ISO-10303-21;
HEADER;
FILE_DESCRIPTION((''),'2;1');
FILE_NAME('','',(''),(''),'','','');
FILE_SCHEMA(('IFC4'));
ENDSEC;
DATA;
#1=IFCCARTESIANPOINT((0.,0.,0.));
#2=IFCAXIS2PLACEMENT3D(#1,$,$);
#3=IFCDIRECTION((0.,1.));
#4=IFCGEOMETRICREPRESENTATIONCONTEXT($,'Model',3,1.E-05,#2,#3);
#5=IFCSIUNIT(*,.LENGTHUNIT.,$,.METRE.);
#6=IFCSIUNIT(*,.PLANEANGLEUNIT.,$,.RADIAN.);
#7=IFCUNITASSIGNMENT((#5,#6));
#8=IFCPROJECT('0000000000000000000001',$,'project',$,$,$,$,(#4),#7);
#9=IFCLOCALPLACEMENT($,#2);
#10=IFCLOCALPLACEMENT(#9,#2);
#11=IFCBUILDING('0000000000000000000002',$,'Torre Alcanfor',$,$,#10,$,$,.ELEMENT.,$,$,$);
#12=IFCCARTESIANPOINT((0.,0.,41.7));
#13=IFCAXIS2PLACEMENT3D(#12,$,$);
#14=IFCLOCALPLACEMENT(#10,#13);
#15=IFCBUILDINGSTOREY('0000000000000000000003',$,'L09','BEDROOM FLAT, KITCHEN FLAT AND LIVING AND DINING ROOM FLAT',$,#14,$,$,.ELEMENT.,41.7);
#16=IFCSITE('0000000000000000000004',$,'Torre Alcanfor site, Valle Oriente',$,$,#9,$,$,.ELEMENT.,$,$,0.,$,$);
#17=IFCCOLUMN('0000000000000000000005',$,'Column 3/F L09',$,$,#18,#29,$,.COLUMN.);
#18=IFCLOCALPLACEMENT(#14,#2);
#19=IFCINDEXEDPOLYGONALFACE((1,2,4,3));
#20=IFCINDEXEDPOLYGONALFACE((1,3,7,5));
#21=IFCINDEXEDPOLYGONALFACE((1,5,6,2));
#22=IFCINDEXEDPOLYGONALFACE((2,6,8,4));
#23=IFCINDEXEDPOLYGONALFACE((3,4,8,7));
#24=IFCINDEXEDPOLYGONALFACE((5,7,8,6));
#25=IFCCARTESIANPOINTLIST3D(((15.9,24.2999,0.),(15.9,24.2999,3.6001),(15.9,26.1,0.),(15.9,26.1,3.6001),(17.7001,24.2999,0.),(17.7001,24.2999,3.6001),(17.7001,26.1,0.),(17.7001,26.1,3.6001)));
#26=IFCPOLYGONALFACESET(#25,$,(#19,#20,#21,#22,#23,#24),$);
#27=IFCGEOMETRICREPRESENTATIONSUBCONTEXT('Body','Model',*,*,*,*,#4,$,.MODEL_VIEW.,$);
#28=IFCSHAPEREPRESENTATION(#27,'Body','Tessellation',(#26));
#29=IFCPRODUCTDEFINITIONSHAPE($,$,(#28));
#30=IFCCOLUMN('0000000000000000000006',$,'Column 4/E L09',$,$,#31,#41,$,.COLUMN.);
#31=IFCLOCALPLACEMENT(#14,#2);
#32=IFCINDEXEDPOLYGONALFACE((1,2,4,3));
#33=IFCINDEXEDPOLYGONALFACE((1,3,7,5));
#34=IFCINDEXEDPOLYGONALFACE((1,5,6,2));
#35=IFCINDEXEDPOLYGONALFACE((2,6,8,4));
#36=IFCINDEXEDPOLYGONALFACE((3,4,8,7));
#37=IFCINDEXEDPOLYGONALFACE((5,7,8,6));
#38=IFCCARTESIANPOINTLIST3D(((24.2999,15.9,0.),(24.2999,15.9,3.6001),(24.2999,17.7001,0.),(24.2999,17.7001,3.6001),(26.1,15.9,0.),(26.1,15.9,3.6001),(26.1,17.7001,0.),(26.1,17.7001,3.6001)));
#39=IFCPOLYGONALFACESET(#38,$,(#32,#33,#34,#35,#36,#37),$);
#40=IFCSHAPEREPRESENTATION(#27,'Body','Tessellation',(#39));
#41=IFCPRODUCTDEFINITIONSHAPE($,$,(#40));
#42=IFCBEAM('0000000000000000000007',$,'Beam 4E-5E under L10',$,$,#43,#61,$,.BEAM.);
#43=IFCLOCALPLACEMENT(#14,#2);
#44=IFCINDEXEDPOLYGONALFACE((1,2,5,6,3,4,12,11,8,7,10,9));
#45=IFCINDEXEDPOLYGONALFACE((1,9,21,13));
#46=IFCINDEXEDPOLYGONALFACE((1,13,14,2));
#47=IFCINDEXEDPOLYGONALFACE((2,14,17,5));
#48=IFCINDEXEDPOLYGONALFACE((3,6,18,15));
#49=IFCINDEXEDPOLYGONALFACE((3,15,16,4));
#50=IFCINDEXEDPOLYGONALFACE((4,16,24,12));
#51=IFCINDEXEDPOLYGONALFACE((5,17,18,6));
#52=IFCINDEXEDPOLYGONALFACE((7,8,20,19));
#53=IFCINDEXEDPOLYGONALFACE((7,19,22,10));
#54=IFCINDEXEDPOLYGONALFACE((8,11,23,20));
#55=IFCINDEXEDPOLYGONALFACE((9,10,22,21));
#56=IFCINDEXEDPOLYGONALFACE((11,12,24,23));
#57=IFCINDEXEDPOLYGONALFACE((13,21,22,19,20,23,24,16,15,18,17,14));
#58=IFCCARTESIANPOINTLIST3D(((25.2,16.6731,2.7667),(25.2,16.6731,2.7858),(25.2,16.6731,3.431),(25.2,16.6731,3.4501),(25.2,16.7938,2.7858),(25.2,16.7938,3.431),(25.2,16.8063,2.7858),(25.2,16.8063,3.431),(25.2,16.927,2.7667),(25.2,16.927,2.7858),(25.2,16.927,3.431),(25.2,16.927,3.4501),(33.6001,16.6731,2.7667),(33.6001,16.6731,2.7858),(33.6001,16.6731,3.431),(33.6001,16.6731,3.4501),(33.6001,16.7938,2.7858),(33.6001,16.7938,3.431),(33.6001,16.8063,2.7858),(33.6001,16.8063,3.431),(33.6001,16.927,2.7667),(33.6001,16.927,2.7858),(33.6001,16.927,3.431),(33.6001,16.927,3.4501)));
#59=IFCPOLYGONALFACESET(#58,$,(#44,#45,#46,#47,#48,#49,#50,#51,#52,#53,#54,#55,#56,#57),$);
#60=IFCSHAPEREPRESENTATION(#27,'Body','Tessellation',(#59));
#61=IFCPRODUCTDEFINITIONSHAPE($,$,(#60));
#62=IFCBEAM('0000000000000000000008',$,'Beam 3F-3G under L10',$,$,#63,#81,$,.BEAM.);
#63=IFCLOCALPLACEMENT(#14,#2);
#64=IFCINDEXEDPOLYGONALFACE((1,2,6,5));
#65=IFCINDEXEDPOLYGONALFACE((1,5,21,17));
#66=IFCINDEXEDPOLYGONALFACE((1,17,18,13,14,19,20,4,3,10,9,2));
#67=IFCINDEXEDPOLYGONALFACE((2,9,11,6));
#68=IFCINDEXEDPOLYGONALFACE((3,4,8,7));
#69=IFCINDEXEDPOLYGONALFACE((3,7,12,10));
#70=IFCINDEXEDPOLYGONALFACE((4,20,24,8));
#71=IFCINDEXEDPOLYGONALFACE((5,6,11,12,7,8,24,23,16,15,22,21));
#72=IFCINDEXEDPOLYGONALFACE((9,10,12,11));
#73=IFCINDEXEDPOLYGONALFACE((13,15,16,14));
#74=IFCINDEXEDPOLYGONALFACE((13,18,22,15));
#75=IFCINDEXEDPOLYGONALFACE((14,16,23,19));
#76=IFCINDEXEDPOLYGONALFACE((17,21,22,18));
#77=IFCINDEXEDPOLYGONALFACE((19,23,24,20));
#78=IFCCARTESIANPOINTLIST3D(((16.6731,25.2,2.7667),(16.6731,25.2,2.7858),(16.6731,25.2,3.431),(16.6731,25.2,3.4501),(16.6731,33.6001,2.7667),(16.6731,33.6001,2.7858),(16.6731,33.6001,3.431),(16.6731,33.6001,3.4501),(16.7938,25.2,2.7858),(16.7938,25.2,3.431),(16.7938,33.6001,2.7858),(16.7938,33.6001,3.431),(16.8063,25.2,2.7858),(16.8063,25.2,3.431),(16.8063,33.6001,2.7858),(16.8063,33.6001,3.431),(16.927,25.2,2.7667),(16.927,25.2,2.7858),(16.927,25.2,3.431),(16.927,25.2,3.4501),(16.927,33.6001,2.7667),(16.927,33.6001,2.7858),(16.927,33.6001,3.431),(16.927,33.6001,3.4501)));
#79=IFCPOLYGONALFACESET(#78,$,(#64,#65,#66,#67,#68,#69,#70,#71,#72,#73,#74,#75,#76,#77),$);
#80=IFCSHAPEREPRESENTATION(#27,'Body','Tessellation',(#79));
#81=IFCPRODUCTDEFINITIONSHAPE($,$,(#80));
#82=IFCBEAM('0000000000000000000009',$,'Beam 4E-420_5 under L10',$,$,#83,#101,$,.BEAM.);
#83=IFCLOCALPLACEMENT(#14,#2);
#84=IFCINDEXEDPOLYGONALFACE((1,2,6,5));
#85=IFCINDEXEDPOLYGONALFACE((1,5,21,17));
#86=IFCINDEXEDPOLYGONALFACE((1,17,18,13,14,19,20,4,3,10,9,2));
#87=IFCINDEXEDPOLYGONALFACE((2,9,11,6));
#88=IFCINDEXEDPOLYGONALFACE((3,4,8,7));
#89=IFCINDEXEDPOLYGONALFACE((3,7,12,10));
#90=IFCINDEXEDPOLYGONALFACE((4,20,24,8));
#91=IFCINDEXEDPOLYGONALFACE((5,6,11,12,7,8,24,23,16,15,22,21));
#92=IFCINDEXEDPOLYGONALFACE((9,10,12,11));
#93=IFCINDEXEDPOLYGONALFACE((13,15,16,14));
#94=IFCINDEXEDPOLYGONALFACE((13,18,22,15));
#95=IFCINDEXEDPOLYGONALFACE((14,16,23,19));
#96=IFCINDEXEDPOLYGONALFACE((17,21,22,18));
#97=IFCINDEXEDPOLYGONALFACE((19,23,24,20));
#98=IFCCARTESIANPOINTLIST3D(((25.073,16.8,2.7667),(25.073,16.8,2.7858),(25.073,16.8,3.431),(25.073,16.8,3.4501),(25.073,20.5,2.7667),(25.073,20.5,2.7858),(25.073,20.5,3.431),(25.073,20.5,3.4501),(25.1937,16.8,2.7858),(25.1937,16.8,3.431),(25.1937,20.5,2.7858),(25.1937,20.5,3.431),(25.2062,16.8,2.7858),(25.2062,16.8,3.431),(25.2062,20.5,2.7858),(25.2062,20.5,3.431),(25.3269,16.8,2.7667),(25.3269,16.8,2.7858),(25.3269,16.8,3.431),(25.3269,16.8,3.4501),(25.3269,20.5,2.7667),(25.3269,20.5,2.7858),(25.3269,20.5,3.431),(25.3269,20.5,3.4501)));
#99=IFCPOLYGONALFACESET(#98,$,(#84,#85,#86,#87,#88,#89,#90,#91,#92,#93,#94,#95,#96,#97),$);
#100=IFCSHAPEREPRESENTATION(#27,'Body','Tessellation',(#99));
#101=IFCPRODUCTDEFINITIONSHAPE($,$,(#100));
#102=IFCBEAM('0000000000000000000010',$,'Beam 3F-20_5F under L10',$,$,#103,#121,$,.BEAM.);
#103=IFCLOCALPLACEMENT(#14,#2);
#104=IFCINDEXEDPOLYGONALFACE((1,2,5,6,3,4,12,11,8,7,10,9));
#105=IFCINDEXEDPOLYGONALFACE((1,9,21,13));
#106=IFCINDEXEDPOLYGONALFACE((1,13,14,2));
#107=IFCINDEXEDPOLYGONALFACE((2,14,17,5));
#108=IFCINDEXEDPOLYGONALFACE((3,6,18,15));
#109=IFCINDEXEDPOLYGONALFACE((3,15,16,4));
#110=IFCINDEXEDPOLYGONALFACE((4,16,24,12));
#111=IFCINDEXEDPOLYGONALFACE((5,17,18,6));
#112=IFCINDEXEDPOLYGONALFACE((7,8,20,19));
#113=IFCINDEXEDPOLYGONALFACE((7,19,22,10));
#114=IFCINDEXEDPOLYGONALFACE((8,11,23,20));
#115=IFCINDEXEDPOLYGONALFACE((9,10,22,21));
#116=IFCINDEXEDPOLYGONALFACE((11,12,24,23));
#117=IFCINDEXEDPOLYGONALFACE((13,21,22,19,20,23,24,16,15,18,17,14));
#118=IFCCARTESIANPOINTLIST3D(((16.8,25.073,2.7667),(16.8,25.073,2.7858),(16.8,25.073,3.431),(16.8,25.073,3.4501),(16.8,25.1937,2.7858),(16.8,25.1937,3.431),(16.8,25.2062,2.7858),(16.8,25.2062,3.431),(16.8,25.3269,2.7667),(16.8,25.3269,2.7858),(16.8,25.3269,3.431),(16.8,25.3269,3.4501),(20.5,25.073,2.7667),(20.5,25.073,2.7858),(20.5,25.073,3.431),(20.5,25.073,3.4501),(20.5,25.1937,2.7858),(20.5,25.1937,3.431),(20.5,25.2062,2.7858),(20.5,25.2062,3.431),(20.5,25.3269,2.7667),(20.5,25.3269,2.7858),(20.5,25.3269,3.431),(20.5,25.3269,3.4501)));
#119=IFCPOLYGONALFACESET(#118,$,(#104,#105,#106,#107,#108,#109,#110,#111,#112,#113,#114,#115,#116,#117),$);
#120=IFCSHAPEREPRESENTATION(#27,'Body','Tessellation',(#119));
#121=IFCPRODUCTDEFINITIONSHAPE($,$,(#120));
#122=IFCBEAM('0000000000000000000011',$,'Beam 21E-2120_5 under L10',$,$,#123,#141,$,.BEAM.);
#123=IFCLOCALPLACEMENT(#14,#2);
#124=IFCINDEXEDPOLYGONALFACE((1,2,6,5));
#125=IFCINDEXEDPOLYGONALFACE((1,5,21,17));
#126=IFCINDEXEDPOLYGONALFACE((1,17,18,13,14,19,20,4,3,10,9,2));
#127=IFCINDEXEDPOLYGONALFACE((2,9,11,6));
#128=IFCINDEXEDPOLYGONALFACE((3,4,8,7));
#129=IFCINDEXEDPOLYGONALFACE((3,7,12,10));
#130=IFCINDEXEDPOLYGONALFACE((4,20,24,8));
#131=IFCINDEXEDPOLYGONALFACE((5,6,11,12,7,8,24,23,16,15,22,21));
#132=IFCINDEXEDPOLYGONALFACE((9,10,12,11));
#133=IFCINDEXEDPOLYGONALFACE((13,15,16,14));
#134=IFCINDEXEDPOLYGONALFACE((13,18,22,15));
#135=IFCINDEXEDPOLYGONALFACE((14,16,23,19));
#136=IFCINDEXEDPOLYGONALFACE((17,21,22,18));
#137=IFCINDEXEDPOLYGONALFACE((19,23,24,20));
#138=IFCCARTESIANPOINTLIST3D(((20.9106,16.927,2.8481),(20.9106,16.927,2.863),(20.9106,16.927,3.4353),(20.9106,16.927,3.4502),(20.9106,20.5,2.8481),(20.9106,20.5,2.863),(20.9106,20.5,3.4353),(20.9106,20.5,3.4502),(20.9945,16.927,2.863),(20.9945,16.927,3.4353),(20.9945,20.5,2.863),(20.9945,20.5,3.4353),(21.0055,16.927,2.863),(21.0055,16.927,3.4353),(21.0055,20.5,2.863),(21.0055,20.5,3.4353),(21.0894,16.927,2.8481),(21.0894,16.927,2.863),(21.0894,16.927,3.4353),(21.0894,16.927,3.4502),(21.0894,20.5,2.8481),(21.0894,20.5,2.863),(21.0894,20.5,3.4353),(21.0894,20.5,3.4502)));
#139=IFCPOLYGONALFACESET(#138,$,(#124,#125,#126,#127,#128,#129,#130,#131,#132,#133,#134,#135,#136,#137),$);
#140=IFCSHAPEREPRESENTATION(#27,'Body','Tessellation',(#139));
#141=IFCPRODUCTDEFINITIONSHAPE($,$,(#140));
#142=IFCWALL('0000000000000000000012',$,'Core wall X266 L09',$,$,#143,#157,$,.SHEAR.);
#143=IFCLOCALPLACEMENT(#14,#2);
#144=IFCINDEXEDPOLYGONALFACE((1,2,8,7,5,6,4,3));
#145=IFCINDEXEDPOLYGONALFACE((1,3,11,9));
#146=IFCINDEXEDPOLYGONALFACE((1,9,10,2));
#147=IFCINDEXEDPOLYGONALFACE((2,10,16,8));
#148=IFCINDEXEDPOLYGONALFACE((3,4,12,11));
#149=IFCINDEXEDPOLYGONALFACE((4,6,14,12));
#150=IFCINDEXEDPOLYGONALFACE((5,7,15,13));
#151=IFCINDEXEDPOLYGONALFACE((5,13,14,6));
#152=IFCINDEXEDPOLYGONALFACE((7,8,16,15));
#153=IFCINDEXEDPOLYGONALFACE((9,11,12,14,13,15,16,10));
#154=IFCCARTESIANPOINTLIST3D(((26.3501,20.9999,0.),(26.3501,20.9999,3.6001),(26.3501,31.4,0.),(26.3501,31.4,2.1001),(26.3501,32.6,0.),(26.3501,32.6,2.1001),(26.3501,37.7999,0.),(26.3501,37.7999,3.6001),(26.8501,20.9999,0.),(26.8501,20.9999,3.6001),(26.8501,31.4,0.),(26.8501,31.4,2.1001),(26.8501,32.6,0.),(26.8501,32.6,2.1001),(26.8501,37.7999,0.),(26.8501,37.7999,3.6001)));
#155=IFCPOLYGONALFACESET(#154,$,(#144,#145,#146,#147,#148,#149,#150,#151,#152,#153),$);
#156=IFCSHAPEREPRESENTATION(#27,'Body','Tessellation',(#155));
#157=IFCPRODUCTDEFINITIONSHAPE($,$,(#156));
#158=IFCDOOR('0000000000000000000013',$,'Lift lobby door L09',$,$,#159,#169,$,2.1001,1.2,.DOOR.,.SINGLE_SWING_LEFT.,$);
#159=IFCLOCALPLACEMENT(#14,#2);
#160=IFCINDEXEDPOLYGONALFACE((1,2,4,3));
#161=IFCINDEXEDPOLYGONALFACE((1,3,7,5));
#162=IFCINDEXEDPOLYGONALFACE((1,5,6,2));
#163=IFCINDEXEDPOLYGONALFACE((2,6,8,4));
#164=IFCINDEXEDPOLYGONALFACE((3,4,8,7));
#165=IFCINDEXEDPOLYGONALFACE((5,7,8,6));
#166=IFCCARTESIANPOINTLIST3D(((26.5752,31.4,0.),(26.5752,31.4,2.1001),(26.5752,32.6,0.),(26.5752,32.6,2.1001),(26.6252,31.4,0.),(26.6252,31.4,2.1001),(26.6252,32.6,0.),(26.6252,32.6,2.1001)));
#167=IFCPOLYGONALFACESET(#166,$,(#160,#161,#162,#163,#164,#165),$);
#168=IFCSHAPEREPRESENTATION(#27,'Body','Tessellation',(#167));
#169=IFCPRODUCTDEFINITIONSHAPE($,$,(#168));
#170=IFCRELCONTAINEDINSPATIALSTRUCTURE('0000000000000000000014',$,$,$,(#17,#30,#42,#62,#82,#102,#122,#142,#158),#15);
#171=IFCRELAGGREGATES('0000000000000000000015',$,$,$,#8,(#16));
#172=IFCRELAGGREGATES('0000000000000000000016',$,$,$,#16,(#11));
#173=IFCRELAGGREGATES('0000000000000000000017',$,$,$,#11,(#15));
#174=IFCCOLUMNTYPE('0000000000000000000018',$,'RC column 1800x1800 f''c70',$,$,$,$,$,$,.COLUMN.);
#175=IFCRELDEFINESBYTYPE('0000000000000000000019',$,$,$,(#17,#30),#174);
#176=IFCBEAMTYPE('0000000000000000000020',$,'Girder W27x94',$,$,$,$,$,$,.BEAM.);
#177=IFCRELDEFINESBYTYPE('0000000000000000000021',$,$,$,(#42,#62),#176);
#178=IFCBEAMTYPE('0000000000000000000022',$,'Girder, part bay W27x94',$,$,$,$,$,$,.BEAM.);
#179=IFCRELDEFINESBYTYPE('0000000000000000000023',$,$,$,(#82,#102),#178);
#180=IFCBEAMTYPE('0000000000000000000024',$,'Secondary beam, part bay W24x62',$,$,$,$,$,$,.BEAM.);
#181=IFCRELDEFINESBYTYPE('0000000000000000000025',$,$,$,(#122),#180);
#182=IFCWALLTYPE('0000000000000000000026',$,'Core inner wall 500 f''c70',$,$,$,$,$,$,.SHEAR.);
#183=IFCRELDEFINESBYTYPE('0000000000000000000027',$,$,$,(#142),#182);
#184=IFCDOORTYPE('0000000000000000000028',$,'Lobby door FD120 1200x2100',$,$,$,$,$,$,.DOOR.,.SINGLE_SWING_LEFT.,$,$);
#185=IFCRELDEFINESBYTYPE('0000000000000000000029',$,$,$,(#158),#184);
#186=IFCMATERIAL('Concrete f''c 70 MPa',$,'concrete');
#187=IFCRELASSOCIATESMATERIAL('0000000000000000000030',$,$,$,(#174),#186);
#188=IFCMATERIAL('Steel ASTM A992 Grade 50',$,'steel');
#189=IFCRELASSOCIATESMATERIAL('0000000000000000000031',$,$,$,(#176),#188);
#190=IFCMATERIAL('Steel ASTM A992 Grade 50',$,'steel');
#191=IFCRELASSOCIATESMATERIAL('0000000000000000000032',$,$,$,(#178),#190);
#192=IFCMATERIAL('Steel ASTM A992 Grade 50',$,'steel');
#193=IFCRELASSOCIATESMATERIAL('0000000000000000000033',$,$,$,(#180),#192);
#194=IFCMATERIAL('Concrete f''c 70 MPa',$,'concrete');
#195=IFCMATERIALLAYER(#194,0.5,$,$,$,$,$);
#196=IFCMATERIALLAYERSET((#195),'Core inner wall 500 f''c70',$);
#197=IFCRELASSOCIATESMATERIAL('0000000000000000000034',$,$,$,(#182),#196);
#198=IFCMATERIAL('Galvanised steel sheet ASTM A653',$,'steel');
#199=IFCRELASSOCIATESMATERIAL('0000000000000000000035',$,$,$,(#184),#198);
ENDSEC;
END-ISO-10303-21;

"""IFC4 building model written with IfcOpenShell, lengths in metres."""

from ifc_helpers import new_model, si_unit, direction, frame, frame_2d, origin, origin_2d, place, context, subcontext, project, spatial, rectangle, i_section, extrude, material, layer, layer_set, material_profile, profile_set, type_object, element, fill, save


model = new_model("IFC4")

# Units and contexts
model_context = context("Model", 3, precision=1e-05, world=origin(), true_north=direction((0.0, 1.0)))
body_context = subcontext(model_context, "Body", "Model", "MODEL_VIEW")
ifc_project = project(units=[si_unit("LENGTHUNIT", "METRE"), si_unit("PLANEANGLEUNIT", "RADIAN")], contexts=[model_context])

# Site, building, storey
site_placement = place(None, origin())
site = spatial("IfcSite", under=ifc_project, at=site_placement, Name="Torre Alcanfor site, Valle Oriente", CompositionType="ELEMENT", RefElevation=0.0)
building_placement = place(site_placement, origin())
building = spatial("IfcBuilding", under=site, at=building_placement, Name="Torre Alcanfor", CompositionType="ELEMENT")
storey_placement = place(building_placement, frame((0.0, 0.0, 41.7)))
storey = spatial("IfcBuildingStorey", under=building, at=storey_placement, Name="L09", Description="BEDROOM FLAT, KITCHEN FLAT AND LIVING AND DINING ROOM FLAT", CompositionType="ELEMENT", Elevation=41.7)

# Columns
ifc_material_1 = material(Name="Concrete f'c 70 MPa", Category="concrete")
ifc_material_profile_1 = material_profile(ifc_material_1, rectangle(XDim=1.8, YDim=1.8, at=origin_2d()), Name="1800x1800")
ifc_profile_set_1 = profile_set([ifc_material_profile_1], Name="Concrete f'c 70 MPa")
column_type = type_object("IfcColumnType", Name="RC column 1800x1800 f'c70", PredefinedType="COLUMN", material=ifc_profile_set_1)
for number, where, z_axis, x_axis, name in (
    (1, (16.8, 25.2, 0.0), (0.0, 0.0, 1.0), (1.0, 0.0, 0.0), "Column 3/F L09"),
    (2, (25.2, 16.8, 0.0), (0.0, 0.0, 1.0), (1.0, 0.0, 0.0), "Column 4/E L09"),
):
    element("IfcColumn", number, at=place(storey_placement, frame(where, z_axis=z_axis, x_axis=x_axis)), inside=storey, type_object=column_type, Name=name, PredefinedType="COLUMN", context=body_context, shape_type="SweptSolid", body=[
        extrude(rectangle(XDim=1.8, YDim=1.8, at=origin_2d()), origin(), (0.0, 0.0, 1.0), 3.6001),
    ])

# Beams
ifc_material_2 = material(Name="Steel ASTM A992 Grade 50", Category="steel")
ifc_material_profile_2 = material_profile(ifc_material_2, i_section(OverallWidth=0.2539, OverallDepth=0.6833, WebThickness=0.0125, FlangeThickness=0.019, at=origin_2d()), Name="W27x94")
ifc_profile_set_2 = profile_set([ifc_material_profile_2], Name="Steel ASTM A992 Grade 50")
beam_type_1 = type_object("IfcBeamType", Name="Girder W27x94", PredefinedType="BEAM", material=ifc_profile_set_2)
for number, where, z_axis, x_axis, name in (
    (3, (25.2, 16.8, 3.1084), (1.0, 0.0, 0.0), (0.0, 1.0, 0.0), "Beam 4E-5E under L10"),
    (4, (16.8, 25.2, 3.1084), (0.0, 1.0, 0.0), (-1.0, 0.0, 0.0), "Beam 3F-3G under L10"),
):
    element("IfcBeam", number, at=place(storey_placement, frame(where, z_axis=z_axis, x_axis=x_axis)), inside=storey, type_object=beam_type_1, Name=name, PredefinedType="BEAM", context=body_context, shape_type="SweptSolid", body=[
        extrude(i_section(OverallWidth=0.2539, OverallDepth=0.6833, WebThickness=0.0125, FlangeThickness=0.019, at=origin_2d()), origin(), (0.0, 0.0, 1.0), 8.4001),
    ])
ifc_material_3 = material(Name="Steel ASTM A992 Grade 50", Category="steel")
ifc_material_profile_3 = material_profile(ifc_material_3, i_section(OverallWidth=0.2539, OverallDepth=0.6833, WebThickness=0.0125, FlangeThickness=0.019, at=origin_2d()), Name="W27x94")
ifc_profile_set_3 = profile_set([ifc_material_profile_3], Name="Steel ASTM A992 Grade 50")
beam_type_2 = type_object("IfcBeamType", Name="Girder, part bay W27x94", PredefinedType="BEAM", material=ifc_profile_set_3)
for number, where, z_axis, x_axis, name in (
    (5, (25.2, 16.8, 3.1084), (0.0, 1.0, 0.0), (-1.0, 0.0, 0.0), "Beam 4E-420_5 under L10"),
    (6, (16.8, 25.2, 3.1084), (1.0, 0.0, 0.0), (0.0, 1.0, 0.0), "Beam 3F-20_5F under L10"),
):
    element("IfcBeam", number, at=place(storey_placement, frame(where, z_axis=z_axis, x_axis=x_axis)), inside=storey, type_object=beam_type_2, Name=name, PredefinedType="BEAM", context=body_context, shape_type="SweptSolid", body=[
        extrude(i_section(OverallWidth=0.2539, OverallDepth=0.6833, WebThickness=0.0125, FlangeThickness=0.019, at=origin_2d()), origin(), (0.0, 0.0, 1.0), 3.7),
    ])
ifc_material_4 = material(Name="Steel ASTM A992 Grade 50", Category="steel")
ifc_material_profile_4 = material_profile(ifc_material_4, i_section(OverallWidth=0.1787, OverallDepth=0.6021, WebThickness=0.011, FlangeThickness=0.0149, at=origin_2d()), Name="W24x62")
ifc_profile_set_4 = profile_set([ifc_material_profile_4], Name="Steel ASTM A992 Grade 50")
beam_type_3 = type_object("IfcBeamType", Name="Secondary beam, part bay W24x62", PredefinedType="BEAM", material=ifc_profile_set_4)
beam_placement = place(storey_placement, frame((21.0, 16.927, 3.1492), z_axis=(0.0, 1.0, 0.0), x_axis=(-1.0, 0.0, 0.0)))
element("IfcBeam", 7, at=beam_placement, inside=storey, type_object=beam_type_3, Name="Beam 21E-2120_5 under L10", PredefinedType="BEAM", context=body_context, shape_type="SweptSolid", body=[
    extrude(i_section(OverallWidth=0.1787, OverallDepth=0.6021, WebThickness=0.011, FlangeThickness=0.0149, at=origin_2d()), origin(), (0.0, 0.0, 1.0), 3.573),
])

# Wall, opening, door
ifc_material_5 = material(Name="Concrete f'c 70 MPa", Category="concrete")
ifc_layer_1 = layer(ifc_material_5, 0.5)
ifc_layer_set_1 = layer_set([ifc_layer_1], Name="Core inner wall 500 f'c70")
wall_type_1 = type_object("IfcWallType", Name="Core inner wall 500 f'c70", PredefinedType="SHEAR", material=ifc_layer_set_1)
wall_1_placement = place(storey_placement, frame((26.6001, 21.0, 0.0), z_axis=(0.0, 0.0, 1.0), x_axis=(0.0, 1.0, 0.0)))
wall_1 = element("IfcWall", 8, at=wall_1_placement, inside=storey, type_object=wall_type_1, Name="Core wall X266 L09", PredefinedType="SHEAR", context=body_context, shape_type="SweptSolid", body=[
    extrude(rectangle(XDim=16.8, YDim=0.5, at=frame_2d((8.3999, 0.0))), origin(), (0.0, 0.0, 1.0), 3.6001),
])
opening_1_placement = place(wall_1_placement, frame((10.3999, 0.0, 0.0)))
opening_1 = element("IfcOpeningElement", 9, at=opening_1_placement, cuts=wall_1, PredefinedType="OPENING", context=body_context, shape_type="SweptSolid", body=[
    extrude(rectangle(XDim=1.2, YDim=2.1001, at=frame_2d((0.6001, 1.05))), frame((0.0, 0.26, 0.0), z_axis=(0.0, -1.0, 0.0), x_axis=(1.0, 0.0, 0.0)), (0.0, 0.0, 1.0), 0.52),
])
ifc_material_6 = material(Name="Galvanised steel sheet ASTM A653", Category="steel")
door_type_1 = type_object("IfcDoorType", Name="Lobby door FD120 1200x2100", OperationType="SINGLE_SWING_LEFT", PredefinedType="DOOR", material=ifc_material_6)
door_1_placement = place(opening_1_placement, origin())
door_1 = element("IfcDoor", 10, at=door_1_placement, inside=storey, type_object=door_type_1, Name="Lift lobby door L09", OperationType="SINGLE_SWING_LEFT", OverallHeight=2.1001, OverallWidth=1.2, PredefinedType="DOOR", context=body_context, shape_type="SweptSolid", body=[
    extrude(rectangle(XDim=1.2, YDim=2.1001, at=frame_2d((0.6001, 1.05))), frame((0.0, 0.0249, 0.0), z_axis=(0.0, -1.0, 0.0), x_axis=(1.0, 0.0, 0.0)), (0.0, 0.0, 1.0), 0.05),
])
fill(opening_1, door_1)

save(model, "model.ifc")
